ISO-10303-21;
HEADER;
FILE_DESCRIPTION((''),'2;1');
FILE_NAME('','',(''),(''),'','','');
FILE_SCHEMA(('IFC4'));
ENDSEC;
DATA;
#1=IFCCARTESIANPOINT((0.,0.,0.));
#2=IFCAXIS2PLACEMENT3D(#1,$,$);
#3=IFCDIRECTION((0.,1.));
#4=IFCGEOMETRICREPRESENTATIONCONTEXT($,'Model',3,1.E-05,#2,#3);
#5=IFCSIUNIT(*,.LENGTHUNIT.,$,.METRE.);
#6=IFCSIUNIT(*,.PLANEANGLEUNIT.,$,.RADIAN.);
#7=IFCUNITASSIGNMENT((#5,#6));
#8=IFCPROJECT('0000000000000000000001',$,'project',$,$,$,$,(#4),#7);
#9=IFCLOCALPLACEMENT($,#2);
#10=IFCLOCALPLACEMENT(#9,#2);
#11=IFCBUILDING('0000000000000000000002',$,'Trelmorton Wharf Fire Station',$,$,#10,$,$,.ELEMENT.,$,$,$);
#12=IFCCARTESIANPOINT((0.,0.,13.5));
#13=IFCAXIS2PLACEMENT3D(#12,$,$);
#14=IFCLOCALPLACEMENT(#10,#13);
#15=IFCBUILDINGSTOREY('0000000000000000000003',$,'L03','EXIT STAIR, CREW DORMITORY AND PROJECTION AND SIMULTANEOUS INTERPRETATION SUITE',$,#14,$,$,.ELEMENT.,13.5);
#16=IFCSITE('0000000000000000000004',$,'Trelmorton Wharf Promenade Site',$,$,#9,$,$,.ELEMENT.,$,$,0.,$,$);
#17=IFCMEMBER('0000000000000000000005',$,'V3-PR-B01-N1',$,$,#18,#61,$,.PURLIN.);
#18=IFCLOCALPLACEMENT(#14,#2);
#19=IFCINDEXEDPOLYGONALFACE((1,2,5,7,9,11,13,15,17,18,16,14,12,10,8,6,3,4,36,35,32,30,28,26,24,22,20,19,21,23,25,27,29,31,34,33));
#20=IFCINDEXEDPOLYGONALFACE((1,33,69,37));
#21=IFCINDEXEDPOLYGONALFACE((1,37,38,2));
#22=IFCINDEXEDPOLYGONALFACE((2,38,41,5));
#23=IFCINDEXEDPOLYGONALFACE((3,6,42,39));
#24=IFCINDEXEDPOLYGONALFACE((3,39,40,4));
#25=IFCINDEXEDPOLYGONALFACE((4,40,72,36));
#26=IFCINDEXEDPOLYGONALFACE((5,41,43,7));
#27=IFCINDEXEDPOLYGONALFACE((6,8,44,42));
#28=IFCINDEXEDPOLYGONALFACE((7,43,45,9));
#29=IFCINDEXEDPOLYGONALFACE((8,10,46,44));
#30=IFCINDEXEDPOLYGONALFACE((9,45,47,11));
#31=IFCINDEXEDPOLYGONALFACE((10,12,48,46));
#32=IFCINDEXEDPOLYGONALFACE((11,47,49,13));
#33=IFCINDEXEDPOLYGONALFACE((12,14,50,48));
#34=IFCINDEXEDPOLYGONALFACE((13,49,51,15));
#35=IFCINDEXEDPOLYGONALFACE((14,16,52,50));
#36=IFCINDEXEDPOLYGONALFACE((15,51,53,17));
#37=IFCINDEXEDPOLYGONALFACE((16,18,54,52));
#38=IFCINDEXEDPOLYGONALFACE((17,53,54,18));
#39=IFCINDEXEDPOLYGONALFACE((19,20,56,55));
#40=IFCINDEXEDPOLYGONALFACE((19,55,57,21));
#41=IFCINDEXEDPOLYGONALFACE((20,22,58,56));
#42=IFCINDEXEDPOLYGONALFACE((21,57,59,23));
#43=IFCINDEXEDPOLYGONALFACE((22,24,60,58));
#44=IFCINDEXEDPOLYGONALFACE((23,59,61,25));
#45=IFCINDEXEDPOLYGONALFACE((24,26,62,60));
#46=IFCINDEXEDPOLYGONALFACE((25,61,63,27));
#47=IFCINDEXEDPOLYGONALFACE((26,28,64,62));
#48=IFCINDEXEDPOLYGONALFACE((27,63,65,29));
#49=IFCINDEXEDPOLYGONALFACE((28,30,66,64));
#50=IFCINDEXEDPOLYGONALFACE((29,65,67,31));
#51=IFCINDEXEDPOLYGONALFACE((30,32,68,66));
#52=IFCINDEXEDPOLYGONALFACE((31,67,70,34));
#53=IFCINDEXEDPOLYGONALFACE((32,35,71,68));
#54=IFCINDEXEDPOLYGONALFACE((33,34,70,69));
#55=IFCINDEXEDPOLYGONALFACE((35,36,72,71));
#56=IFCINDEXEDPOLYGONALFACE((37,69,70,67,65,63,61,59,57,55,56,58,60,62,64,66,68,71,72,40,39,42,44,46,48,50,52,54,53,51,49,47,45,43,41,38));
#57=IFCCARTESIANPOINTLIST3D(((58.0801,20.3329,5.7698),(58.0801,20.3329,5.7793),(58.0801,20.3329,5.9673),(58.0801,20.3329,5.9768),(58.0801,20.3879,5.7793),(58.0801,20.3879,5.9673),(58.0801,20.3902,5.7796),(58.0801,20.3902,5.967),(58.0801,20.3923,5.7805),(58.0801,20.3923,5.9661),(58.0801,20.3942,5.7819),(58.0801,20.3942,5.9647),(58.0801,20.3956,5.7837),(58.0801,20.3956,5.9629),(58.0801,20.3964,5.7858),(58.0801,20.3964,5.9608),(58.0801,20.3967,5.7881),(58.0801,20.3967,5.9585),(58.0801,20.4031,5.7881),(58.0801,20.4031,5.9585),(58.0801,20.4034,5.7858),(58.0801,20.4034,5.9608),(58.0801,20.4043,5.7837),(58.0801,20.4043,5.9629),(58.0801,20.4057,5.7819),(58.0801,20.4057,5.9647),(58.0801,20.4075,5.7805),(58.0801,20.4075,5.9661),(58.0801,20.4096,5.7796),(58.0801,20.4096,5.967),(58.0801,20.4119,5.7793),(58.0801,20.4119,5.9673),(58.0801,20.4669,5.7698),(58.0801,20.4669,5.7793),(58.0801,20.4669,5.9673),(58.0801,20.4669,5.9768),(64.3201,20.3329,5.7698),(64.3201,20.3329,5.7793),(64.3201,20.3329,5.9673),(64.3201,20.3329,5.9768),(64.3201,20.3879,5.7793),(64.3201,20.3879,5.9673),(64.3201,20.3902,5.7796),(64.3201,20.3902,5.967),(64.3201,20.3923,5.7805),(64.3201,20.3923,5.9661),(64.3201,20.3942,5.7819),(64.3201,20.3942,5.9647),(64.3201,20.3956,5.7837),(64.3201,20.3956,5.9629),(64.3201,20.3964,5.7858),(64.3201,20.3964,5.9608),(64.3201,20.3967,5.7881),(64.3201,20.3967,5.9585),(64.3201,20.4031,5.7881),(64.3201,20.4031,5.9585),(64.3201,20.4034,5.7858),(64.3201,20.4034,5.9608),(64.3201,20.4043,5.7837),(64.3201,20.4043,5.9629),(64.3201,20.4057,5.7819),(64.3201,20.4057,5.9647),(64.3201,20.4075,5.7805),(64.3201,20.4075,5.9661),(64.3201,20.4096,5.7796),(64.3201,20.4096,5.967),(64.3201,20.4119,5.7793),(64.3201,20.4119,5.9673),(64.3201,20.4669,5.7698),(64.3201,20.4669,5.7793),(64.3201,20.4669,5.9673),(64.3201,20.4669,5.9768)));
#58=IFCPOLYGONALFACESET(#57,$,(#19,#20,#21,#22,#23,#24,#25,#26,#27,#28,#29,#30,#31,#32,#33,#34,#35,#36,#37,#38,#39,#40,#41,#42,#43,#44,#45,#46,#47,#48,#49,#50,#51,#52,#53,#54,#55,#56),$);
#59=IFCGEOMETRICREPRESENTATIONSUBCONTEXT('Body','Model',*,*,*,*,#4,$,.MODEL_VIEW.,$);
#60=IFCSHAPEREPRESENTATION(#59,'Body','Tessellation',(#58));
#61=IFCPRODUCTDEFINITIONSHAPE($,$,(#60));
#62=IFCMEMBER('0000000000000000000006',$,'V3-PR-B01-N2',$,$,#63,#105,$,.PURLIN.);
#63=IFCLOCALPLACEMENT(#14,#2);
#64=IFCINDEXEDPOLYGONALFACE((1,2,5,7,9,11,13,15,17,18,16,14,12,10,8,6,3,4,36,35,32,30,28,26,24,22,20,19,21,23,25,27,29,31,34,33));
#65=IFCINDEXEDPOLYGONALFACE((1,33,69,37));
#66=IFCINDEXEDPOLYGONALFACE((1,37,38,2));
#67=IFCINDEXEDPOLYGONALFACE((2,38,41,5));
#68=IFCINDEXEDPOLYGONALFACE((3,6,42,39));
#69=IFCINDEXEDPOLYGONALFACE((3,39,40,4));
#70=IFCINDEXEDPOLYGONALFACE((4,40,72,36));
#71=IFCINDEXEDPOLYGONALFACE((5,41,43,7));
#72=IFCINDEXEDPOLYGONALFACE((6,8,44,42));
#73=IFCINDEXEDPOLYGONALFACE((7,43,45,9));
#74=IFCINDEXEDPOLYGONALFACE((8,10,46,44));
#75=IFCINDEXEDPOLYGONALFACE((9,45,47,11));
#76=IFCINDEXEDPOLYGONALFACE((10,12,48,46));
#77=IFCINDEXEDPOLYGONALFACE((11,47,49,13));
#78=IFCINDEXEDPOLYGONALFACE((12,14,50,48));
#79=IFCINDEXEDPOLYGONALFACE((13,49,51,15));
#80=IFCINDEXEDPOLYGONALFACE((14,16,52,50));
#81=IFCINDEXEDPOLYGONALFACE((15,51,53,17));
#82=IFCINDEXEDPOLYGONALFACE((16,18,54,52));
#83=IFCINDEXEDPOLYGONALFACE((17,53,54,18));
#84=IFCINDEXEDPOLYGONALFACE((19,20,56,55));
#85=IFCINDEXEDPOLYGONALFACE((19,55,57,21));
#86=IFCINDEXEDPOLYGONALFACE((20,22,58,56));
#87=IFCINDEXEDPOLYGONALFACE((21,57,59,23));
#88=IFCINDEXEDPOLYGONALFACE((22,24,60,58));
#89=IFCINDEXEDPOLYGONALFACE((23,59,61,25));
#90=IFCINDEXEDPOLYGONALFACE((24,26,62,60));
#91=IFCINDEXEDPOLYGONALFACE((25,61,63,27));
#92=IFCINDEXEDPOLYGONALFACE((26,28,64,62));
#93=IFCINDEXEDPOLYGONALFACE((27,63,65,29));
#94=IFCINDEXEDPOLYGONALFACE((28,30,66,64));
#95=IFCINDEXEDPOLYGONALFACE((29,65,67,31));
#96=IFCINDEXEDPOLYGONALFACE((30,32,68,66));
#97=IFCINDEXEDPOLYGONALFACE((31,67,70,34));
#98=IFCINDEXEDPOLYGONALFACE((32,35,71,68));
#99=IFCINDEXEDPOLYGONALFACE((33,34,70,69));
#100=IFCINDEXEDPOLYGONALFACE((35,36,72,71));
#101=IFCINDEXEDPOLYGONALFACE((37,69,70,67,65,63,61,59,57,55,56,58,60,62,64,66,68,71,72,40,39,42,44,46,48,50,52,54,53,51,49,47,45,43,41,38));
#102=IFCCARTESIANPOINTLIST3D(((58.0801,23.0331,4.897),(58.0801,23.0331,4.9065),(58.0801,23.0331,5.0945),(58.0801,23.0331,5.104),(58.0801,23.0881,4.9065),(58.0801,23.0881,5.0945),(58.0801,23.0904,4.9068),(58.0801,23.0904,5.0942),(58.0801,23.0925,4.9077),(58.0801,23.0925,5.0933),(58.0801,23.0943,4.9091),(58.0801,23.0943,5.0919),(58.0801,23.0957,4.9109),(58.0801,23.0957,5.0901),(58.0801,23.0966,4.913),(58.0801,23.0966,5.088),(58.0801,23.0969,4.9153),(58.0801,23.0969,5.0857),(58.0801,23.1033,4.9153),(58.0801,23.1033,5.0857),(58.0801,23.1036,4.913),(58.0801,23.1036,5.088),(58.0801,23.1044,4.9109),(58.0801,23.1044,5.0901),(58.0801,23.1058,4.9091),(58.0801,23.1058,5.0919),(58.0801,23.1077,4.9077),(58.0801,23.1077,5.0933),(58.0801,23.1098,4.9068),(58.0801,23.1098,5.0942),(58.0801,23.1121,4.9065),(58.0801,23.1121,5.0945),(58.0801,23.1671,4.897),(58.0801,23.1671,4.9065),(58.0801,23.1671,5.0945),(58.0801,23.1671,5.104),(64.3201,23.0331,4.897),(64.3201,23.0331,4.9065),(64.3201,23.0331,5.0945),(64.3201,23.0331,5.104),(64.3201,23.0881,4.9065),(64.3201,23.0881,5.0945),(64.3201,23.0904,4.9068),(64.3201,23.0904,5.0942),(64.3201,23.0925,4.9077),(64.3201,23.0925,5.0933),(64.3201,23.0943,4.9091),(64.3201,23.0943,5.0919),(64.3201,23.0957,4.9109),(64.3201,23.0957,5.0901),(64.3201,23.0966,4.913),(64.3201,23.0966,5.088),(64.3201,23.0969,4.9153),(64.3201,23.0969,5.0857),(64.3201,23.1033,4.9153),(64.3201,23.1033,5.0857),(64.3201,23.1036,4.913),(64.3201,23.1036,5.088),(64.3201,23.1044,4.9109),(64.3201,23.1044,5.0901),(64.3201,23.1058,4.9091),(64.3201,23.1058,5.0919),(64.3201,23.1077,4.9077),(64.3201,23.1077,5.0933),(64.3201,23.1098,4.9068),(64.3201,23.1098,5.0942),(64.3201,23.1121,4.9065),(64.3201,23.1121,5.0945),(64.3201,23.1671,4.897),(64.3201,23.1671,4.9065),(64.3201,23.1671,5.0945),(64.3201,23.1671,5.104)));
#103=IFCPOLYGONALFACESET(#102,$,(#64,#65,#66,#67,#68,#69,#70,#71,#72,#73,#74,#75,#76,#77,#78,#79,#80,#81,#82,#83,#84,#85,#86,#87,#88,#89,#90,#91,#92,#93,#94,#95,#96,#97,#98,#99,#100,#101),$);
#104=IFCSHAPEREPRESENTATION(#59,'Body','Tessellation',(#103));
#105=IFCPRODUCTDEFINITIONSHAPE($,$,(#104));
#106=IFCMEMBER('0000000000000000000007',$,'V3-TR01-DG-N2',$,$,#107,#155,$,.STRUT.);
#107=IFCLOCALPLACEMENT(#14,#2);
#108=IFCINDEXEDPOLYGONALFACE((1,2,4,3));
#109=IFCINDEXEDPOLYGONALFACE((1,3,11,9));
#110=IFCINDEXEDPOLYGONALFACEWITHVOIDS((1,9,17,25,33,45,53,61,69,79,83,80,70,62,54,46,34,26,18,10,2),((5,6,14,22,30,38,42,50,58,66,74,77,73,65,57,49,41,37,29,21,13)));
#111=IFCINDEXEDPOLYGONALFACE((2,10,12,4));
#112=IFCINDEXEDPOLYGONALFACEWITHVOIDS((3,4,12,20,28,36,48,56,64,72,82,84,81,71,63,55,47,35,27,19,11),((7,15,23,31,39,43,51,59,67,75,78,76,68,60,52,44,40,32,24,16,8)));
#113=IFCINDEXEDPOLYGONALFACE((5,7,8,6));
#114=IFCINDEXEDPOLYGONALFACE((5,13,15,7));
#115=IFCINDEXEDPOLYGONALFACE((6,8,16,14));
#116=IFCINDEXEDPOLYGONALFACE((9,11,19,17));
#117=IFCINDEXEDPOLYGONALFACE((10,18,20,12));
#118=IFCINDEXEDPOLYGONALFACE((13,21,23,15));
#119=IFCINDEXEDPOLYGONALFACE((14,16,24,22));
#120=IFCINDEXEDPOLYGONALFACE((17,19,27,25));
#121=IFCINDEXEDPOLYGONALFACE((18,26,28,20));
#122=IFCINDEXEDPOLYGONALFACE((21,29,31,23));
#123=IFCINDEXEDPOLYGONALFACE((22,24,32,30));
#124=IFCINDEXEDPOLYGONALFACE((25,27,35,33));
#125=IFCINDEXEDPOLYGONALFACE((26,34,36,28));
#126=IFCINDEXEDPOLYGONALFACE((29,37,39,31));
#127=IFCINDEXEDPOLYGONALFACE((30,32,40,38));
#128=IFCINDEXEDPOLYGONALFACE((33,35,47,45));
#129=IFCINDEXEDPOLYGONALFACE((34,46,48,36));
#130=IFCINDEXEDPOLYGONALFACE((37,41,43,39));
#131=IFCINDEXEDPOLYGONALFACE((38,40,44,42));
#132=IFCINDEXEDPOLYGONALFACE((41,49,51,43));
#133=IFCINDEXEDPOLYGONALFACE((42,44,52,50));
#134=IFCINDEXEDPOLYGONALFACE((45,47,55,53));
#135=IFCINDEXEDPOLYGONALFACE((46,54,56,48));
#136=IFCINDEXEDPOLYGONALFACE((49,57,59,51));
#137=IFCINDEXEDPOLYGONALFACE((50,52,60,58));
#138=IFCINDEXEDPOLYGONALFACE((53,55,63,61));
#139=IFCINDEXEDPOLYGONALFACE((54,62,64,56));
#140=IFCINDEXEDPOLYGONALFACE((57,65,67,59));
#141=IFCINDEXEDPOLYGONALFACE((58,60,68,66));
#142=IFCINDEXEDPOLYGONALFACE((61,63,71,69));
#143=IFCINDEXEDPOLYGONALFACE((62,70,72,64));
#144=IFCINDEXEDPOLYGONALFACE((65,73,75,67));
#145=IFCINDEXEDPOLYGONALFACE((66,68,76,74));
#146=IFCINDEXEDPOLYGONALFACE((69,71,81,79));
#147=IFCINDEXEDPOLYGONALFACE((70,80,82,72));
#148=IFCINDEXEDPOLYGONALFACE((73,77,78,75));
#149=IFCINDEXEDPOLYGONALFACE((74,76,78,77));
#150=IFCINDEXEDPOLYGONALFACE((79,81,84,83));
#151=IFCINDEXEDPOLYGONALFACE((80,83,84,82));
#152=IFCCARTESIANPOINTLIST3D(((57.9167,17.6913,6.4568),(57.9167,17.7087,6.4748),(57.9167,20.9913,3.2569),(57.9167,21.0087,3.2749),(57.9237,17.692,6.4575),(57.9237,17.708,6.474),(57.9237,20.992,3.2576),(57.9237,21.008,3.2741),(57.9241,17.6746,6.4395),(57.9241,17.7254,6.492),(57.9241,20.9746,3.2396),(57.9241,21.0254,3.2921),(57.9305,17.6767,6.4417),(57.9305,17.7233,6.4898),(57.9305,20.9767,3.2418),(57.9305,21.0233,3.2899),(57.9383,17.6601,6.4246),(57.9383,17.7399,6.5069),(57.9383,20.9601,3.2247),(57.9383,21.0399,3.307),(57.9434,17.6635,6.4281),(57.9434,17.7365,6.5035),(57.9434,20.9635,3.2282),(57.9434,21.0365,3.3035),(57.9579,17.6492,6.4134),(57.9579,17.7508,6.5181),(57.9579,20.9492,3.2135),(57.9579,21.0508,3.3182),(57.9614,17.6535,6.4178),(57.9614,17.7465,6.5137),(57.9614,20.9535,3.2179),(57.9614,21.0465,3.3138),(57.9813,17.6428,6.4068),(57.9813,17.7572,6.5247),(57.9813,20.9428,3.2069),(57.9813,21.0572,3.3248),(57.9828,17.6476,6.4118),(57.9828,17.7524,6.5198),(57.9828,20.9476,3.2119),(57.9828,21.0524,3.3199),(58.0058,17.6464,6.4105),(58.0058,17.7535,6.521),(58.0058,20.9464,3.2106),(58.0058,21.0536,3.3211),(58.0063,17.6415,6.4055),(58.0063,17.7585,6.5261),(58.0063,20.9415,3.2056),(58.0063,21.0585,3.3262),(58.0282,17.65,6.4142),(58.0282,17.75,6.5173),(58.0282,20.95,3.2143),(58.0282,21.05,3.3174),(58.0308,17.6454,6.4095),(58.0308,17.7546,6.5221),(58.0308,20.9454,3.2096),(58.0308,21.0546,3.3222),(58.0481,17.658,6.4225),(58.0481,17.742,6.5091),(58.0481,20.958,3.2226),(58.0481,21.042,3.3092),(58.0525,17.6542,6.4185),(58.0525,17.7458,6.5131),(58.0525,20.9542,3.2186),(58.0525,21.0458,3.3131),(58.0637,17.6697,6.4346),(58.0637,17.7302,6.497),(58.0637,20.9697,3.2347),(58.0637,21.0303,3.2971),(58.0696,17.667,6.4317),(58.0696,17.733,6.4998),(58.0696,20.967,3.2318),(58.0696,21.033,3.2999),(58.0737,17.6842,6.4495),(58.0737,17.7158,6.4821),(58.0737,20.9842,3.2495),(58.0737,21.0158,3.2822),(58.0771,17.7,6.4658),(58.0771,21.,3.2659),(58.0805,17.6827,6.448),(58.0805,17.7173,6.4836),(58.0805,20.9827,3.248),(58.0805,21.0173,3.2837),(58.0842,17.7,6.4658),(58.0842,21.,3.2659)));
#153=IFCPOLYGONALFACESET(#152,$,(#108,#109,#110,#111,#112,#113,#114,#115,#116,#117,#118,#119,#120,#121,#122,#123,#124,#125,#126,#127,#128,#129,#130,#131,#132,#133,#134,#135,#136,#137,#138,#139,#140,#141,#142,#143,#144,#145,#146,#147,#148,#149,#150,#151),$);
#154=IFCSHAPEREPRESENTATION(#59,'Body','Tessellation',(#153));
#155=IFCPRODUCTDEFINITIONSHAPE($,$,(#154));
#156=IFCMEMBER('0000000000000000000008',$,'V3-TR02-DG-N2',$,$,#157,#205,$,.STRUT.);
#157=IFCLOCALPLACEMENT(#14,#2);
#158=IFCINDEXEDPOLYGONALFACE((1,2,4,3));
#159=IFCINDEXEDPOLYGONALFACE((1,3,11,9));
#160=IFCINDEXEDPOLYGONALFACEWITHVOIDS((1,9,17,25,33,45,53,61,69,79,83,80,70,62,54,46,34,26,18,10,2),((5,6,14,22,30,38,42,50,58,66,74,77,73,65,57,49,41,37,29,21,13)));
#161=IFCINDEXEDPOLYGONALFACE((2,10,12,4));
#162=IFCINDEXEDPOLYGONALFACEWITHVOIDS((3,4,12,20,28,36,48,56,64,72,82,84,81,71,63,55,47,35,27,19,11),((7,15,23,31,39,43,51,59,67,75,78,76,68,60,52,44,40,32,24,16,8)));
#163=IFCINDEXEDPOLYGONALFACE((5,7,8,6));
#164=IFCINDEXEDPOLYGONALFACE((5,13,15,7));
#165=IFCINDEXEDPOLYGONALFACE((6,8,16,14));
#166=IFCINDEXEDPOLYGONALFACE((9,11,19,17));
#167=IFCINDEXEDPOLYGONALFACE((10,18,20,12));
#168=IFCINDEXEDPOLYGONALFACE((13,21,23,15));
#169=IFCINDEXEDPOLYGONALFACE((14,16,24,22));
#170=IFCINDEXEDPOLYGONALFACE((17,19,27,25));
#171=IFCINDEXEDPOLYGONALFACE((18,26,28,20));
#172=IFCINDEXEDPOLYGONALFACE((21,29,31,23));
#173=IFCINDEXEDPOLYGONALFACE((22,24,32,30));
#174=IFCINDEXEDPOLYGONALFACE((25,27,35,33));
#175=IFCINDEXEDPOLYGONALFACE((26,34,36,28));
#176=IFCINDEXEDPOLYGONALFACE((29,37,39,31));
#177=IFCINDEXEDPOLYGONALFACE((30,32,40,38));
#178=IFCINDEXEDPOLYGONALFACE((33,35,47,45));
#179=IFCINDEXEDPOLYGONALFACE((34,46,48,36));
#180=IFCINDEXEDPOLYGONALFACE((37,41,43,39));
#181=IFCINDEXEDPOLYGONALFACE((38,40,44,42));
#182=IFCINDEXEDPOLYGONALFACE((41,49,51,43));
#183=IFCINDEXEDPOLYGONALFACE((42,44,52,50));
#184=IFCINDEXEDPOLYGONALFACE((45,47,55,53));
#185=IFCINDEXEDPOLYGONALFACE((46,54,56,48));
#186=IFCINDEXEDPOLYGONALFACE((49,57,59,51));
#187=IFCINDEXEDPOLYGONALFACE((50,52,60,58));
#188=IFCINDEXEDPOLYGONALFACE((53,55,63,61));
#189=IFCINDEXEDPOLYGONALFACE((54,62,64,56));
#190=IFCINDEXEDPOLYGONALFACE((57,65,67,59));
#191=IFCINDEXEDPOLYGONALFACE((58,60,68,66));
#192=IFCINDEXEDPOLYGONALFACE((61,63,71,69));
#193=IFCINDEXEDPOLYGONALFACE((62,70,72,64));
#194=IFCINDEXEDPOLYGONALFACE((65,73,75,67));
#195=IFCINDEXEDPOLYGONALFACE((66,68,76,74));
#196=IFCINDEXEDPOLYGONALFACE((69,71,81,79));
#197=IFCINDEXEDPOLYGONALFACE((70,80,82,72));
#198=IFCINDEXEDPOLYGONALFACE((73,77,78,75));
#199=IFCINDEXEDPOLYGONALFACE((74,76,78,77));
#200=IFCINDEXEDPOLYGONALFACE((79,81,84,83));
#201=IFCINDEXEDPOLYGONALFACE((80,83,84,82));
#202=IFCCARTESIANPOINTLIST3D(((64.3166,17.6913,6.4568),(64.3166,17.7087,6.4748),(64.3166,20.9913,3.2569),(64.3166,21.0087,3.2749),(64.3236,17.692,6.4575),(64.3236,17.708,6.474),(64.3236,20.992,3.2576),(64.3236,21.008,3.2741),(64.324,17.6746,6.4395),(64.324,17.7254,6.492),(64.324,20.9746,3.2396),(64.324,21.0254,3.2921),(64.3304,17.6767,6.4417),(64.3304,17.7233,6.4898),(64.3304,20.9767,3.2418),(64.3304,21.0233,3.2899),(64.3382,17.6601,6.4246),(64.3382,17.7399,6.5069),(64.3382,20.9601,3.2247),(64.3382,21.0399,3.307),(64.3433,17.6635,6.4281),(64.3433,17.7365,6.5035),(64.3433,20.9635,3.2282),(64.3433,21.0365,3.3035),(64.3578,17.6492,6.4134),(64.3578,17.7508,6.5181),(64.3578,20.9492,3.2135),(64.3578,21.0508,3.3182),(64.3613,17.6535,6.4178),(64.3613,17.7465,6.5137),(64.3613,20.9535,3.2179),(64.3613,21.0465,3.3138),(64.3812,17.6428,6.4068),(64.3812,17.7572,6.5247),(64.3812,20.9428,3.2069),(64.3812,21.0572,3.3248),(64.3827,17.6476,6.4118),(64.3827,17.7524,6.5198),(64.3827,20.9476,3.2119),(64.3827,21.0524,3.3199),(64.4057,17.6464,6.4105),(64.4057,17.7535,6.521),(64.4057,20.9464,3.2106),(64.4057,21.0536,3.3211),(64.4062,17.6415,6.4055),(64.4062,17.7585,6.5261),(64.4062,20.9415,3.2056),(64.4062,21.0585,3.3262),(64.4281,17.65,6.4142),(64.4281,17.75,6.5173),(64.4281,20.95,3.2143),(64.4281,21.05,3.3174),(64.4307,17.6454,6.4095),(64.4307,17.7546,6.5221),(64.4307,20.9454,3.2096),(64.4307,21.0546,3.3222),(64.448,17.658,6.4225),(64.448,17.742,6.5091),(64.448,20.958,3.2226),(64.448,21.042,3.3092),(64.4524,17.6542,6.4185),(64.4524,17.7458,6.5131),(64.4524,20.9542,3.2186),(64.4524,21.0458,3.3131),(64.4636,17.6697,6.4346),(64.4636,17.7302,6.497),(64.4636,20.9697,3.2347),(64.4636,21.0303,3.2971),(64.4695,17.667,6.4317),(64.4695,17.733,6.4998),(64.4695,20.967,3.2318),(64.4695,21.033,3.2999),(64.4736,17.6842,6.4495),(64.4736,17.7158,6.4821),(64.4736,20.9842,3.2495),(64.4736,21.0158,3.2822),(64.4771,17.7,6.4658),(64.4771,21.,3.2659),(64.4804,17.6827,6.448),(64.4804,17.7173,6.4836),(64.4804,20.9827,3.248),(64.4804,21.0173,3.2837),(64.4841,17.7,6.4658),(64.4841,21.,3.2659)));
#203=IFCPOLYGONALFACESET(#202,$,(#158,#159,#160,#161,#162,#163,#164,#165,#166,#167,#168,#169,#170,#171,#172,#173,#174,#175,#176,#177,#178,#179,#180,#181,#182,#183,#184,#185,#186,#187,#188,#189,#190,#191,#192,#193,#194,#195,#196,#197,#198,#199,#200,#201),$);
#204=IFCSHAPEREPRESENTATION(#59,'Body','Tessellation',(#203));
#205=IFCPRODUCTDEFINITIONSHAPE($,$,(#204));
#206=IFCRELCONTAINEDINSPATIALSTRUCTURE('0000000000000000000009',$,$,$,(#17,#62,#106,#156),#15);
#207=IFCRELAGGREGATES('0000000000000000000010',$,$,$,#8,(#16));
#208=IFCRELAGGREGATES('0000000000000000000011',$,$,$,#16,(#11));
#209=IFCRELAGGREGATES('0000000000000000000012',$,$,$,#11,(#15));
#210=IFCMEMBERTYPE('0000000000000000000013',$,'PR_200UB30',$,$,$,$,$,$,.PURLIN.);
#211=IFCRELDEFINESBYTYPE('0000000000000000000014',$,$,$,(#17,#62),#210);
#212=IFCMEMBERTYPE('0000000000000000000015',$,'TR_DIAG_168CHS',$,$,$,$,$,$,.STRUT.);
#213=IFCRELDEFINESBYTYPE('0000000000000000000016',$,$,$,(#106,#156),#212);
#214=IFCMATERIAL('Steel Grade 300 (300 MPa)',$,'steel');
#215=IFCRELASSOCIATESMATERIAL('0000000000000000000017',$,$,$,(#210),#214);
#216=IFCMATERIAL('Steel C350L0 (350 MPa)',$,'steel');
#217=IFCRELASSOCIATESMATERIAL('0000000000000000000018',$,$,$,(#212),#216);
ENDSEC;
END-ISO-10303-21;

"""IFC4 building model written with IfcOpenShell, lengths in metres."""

from ifc_helpers import new_model, si_unit, direction, frame, origin, origin_2d, place, context, subcontext, project, spatial, hollow_circle, i_section, extrude, material, material_profile, profile_set, type_object, element, save


model = new_model("IFC4")

# Units and contexts
model_context = context("Model", 3, precision=1e-05, world=origin(), true_north=direction((0.0, 1.0)))
body_context = subcontext(model_context, "Body", "Model", "MODEL_VIEW")
ifc_project = project(units=[si_unit("LENGTHUNIT", "METRE"), si_unit("PLANEANGLEUNIT", "RADIAN")], contexts=[model_context])

# Site, building, storey
site_placement = place(None, origin())
site = spatial("IfcSite", under=ifc_project, at=site_placement, Name="Trelmorton Wharf Promenade Site", CompositionType="ELEMENT", RefElevation=0.0)
building_placement = place(site_placement, origin())
building = spatial("IfcBuilding", under=site, at=building_placement, Name="Trelmorton Wharf Fire Station", CompositionType="ELEMENT")
storey_placement = place(building_placement, frame((0.0, 0.0, 13.5)))
storey = spatial("IfcBuildingStorey", under=building, at=storey_placement, Name="L03", Description="EXIT STAIR, CREW DORMITORY AND PROJECTION AND SIMULTANEOUS INTERPRETATION SUITE", CompositionType="ELEMENT", Elevation=13.5)

# Members
ifc_material_1 = material(Name="Steel Grade 300 (300 MPa)", Category="steel")
ifc_material_profile_1 = material_profile(ifc_material_1, i_section(OverallWidth=0.134, OverallDepth=0.207, WebThickness=0.0063, FlangeThickness=0.0095, FilletRadius=0.0088, at=origin_2d()), Name="200UB29.8")
ifc_profile_set_1 = profile_set([ifc_material_profile_1], Name="Steel Grade 300 (300 MPa)")
member_type_1 = type_object("IfcMemberType", Name="PR_200UB30", PredefinedType="PURLIN", material=ifc_profile_set_1)
for number, where, z_axis, x_axis, name in (
    (1, (58.0801, 20.3999, 5.8733), (1.0, 0.0, 0.0), (0.0, 1.0, 0.0), "V3-PR-B01-N1"),
    (2, (58.0801, 23.1001, 5.0005), (1.0, 0.0, 0.0), (0.0, 1.0, 0.0), "V3-PR-B01-N2"),
):
    element("IfcMember", number, at=place(storey_placement, frame(where, z_axis=z_axis, x_axis=x_axis)), inside=storey, type_object=member_type_1, Name=name, PredefinedType="PURLIN", context=body_context, shape_type="SweptSolid", body=[
        extrude(i_section(OverallWidth=0.134, OverallDepth=0.207, WebThickness=0.0063, FlangeThickness=0.0095, FilletRadius=0.0088, at=origin_2d()), origin(), (0.0, 0.0, 1.0), 6.24),
    ])
ifc_material_2 = material(Name="Steel C350L0 (350 MPa)", Category="steel")
ifc_material_profile_2 = material_profile(ifc_material_2, hollow_circle(Radius=0.0842, WallThickness=0.0071, at=origin_2d()), Name="168.3x7.1CHS")
ifc_profile_set_2 = profile_set([ifc_material_profile_2], Name="Steel C350L0 (350 MPa)")
member_type_2 = type_object("IfcMemberType", Name="TR_DIAG_168CHS", PredefinedType="STRUT", material=ifc_profile_set_2)
for number, where, z_axis, x_axis, name in (
    (3, (58.0, 21.0, 3.2659), (0.0, -0.717911, 0.696135), (1.0, 0.0, 0.0), "V3-TR01-DG-N2"),
    (4, (64.3999, 21.0, 3.2659), (0.0, -0.717911, 0.696135), (1.0, 0.0, 0.0), "V3-TR02-DG-N2"),
):
    element("IfcMember", number, at=place(storey_placement, frame(where, z_axis=z_axis, x_axis=x_axis)), inside=storey, type_object=member_type_2, Name=name, PredefinedType="STRUT", context=body_context, shape_type="SweptSolid", body=[
        extrude(hollow_circle(Radius=0.0842, WallThickness=0.0071, at=origin_2d()), origin(), (0.0, 0.0, 1.0), 4.5967),
    ])

save(model, "model.ifc")
